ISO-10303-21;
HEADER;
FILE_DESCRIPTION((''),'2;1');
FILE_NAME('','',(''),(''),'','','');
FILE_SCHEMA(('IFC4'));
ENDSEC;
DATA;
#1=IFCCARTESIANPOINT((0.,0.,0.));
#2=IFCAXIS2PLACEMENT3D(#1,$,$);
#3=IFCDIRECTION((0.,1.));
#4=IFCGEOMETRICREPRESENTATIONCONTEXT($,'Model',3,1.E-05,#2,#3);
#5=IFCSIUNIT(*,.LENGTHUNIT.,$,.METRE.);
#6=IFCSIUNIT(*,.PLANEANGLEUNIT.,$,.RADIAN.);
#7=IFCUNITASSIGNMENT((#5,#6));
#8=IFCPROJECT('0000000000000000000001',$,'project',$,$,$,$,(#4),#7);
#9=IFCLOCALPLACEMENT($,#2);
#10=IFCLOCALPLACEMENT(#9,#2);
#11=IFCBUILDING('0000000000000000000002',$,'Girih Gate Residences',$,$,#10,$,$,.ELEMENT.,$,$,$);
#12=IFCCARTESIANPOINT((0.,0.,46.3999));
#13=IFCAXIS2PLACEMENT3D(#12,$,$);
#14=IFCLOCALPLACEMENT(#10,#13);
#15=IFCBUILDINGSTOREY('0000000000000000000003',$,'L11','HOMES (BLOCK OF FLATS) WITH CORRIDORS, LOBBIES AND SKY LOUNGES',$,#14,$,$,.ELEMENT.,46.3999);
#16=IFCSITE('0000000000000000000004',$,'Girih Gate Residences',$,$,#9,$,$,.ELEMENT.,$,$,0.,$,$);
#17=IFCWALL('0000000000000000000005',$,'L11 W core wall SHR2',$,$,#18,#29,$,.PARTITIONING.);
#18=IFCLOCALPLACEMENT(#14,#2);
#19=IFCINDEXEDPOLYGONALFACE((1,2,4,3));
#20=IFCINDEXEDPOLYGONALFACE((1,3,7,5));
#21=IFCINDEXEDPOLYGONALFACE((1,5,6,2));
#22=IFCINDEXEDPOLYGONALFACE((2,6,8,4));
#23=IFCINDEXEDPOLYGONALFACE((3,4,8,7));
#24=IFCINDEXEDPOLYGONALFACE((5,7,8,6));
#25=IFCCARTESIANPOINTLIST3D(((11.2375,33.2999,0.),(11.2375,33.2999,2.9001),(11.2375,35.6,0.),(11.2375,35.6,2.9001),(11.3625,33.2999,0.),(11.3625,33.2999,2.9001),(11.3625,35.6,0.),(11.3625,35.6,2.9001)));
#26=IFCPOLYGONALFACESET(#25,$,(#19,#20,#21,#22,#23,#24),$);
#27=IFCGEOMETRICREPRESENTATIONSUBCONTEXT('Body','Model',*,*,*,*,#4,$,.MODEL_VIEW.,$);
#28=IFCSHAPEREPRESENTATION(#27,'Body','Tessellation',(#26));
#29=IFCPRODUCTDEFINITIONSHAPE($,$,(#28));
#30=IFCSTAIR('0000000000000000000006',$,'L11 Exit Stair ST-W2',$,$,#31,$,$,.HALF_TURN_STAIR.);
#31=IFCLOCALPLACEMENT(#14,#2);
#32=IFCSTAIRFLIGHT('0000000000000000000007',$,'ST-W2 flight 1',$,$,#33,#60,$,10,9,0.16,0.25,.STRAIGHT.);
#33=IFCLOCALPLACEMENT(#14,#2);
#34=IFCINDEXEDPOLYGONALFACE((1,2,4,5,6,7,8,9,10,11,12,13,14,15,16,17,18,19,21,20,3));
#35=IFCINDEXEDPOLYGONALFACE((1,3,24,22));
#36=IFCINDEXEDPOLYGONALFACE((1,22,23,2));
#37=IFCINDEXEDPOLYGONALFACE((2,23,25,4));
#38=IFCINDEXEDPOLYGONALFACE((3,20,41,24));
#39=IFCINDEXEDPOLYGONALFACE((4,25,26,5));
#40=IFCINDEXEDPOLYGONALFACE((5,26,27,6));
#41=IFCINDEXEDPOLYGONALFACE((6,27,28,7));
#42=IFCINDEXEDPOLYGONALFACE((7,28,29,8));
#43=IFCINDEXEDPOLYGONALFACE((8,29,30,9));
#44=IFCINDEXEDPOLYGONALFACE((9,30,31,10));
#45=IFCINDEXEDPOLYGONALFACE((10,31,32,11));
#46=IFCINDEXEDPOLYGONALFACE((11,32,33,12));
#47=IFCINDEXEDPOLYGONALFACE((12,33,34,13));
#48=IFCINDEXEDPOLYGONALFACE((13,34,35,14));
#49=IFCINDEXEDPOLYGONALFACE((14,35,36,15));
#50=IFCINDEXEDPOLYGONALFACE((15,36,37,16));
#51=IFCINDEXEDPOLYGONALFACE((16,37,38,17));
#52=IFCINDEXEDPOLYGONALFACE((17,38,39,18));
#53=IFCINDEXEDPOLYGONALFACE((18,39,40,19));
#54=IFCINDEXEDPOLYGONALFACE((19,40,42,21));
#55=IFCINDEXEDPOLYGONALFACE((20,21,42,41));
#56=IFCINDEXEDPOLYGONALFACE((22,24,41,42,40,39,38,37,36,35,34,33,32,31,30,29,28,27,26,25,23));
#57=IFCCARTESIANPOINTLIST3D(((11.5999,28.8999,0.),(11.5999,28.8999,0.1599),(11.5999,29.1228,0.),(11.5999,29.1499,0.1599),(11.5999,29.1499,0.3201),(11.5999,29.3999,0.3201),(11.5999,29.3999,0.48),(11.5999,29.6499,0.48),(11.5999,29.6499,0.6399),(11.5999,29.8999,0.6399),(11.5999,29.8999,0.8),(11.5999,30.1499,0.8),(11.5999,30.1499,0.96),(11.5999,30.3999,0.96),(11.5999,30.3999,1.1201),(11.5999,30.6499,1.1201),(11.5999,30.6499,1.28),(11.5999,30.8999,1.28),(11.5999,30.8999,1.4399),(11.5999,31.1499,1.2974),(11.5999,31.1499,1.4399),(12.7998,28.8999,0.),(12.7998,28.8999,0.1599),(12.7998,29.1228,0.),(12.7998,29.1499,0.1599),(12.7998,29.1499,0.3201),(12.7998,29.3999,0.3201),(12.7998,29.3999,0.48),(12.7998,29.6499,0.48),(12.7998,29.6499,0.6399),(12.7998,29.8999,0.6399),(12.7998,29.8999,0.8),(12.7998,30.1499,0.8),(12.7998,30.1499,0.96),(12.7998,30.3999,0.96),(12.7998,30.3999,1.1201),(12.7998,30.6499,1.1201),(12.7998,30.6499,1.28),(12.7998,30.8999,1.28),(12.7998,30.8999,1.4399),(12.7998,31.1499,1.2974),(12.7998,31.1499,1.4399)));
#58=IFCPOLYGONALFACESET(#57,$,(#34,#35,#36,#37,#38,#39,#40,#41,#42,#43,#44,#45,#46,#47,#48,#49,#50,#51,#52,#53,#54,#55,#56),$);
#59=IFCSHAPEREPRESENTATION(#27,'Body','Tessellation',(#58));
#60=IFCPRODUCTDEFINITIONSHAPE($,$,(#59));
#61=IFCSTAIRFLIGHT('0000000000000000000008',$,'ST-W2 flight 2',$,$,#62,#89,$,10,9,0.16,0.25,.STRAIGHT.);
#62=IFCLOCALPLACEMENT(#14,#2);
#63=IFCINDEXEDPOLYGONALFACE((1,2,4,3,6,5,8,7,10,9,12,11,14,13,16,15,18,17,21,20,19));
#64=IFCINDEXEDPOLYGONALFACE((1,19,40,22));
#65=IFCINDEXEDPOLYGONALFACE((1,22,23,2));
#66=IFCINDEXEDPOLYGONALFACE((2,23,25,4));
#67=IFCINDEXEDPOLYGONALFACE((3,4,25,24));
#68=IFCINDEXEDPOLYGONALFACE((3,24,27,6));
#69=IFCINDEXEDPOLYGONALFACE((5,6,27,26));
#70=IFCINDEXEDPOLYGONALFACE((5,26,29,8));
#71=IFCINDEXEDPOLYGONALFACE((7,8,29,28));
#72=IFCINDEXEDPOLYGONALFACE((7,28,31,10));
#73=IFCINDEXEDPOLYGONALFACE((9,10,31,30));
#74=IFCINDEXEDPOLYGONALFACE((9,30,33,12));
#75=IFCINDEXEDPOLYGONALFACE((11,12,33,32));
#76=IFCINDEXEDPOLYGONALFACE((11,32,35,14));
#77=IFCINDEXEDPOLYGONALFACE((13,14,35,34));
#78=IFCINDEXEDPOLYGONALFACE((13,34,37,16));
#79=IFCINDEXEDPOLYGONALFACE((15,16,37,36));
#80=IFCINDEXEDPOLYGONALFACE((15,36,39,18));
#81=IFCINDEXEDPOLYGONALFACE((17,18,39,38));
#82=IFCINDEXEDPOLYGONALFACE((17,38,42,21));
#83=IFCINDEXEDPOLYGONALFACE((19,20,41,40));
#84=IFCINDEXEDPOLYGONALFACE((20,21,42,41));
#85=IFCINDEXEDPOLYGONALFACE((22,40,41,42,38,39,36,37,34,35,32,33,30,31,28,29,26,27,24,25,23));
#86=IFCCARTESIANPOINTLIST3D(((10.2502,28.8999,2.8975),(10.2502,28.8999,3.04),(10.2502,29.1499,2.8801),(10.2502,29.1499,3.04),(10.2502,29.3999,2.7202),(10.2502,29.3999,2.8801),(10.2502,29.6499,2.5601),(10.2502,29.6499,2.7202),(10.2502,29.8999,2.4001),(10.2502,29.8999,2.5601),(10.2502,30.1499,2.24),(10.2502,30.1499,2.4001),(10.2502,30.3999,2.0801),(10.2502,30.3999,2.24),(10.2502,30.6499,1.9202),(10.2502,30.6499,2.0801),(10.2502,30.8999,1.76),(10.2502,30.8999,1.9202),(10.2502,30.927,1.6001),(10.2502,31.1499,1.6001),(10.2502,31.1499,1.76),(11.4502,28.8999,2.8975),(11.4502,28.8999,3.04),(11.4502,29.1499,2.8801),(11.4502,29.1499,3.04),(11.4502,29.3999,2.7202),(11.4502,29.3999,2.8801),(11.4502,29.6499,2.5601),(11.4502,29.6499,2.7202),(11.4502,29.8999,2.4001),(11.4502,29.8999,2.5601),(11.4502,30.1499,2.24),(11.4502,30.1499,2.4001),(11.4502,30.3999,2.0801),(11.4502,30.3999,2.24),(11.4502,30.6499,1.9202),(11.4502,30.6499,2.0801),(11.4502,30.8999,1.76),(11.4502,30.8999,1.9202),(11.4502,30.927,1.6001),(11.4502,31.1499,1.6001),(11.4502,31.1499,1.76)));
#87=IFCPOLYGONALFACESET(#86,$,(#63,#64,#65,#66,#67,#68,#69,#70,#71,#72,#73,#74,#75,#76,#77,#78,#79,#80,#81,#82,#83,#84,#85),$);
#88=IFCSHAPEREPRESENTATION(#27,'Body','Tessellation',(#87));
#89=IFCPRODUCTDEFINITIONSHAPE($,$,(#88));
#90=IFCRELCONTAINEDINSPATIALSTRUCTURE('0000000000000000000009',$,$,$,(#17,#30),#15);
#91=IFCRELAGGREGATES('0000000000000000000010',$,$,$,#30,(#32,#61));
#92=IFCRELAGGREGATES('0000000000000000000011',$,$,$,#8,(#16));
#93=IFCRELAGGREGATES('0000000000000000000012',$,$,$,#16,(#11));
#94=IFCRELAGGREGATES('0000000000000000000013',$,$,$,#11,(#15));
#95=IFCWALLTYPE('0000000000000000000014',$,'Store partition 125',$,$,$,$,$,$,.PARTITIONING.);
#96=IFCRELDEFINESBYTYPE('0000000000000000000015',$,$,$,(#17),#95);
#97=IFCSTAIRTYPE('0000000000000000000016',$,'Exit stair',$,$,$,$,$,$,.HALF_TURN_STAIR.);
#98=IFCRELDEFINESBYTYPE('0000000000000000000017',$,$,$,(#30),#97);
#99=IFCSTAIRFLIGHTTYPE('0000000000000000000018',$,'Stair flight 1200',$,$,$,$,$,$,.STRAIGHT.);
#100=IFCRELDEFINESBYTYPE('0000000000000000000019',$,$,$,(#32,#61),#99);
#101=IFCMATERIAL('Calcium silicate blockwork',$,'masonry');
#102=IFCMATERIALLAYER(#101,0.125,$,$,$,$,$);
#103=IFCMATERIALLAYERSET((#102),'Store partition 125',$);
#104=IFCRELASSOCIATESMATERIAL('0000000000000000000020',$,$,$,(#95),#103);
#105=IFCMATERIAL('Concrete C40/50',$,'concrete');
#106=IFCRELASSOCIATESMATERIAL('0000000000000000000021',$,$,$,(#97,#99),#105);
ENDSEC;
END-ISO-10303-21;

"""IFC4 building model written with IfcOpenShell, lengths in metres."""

from ifc_helpers import new_model, si_unit, direction, frame, frame_2d, origin, place, context, subcontext, project, spatial, polyline, rectangle, outline, extrude, material, layer, layer_set, type_object, element, aggregate, save


model = new_model("IFC4")

# Units and contexts
model_context = context("Model", 3, precision=1e-05, world=origin(), true_north=direction((0.0, 1.0)))
body_context = subcontext(model_context, "Body", "Model", "MODEL_VIEW")
ifc_project = project(units=[si_unit("LENGTHUNIT", "METRE"), si_unit("PLANEANGLEUNIT", "RADIAN")], contexts=[model_context])

# Site, building, storey
site_placement = place(None, origin())
site = spatial("IfcSite", under=ifc_project, at=site_placement, Name="Girih Gate Residences", CompositionType="ELEMENT", RefElevation=0.0)
building_placement = place(site_placement, origin())
building = spatial("IfcBuilding", under=site, at=building_placement, Name="Girih Gate Residences", CompositionType="ELEMENT")
storey_placement = place(building_placement, frame((0.0, 0.0, 46.3999)))
storey = spatial("IfcBuildingStorey", under=building, at=storey_placement, Name="L11", Description="HOMES (BLOCK OF FLATS) WITH CORRIDORS, LOBBIES AND SKY LOUNGES", CompositionType="ELEMENT", Elevation=46.3999)

# Shared definitions
ifc_material_1 = material(Name="Concrete C40/50", Category="concrete")

# Wall
ifc_material_2 = material(Name="Calcium silicate blockwork", Category="masonry")
ifc_layer_1 = layer(ifc_material_2, 0.125)
ifc_layer_set_1 = layer_set([ifc_layer_1], Name="Store partition 125")
wall_type_1 = type_object("IfcWallType", Name="Store partition 125", PredefinedType="PARTITIONING", material=ifc_layer_set_1)
wall_1_placement = place(storey_placement, frame((11.3, 33.3, 0.0), z_axis=(0.0, 0.0, 1.0), x_axis=(0.0, 1.0, 0.0)))
element("IfcWall", 1, at=wall_1_placement, inside=storey, type_object=wall_type_1, Name="L11 W core wall SHR2", PredefinedType="PARTITIONING", context=body_context, shape_type="SweptSolid", body=[
    extrude(rectangle(XDim=2.3, YDim=0.125, at=frame_2d((1.1499, 0.0))), origin(), (0.0, 0.0, 1.0), 2.9001),
])

# Stair, stair flights
stair_type = type_object("IfcStairType", Name="Exit stair", PredefinedType="HALF_TURN_STAIR", material=ifc_material_1)
stair_placement = place(storey_placement, origin())
stair = element("IfcStair", 2, at=stair_placement, inside=storey, type_object=stair_type, Name="L11 Exit Stair ST-W2", PredefinedType="HALF_TURN_STAIR")
stair_flight_type = type_object("IfcStairFlightType", Name="Stair flight 1200", PredefinedType="STRAIGHT", material=ifc_material_1)
stair_flight_1_placement = place(storey_placement, frame((12.2, 28.8999, 0.0), z_axis=(0.0, 0.0, 1.0), x_axis=(0.0, 1.0, 0.0)))
stair_flight_1 = element("IfcStairFlight", 3, at=stair_flight_1_placement, type_object=stair_flight_type, Name="ST-W2 flight 1", NumberOfRisers=10, NumberOfTreads=9, PredefinedType="STRAIGHT", RiserHeight=0.16, TreadLength=0.25, context=body_context, shape_type="SweptSolid", body=[
    extrude(outline(polyline([(0.0, 0.0), (0.0, 0.1599), (0.25, 0.1599), (0.25, 0.3201), (0.5, 0.3201), (0.5, 0.48), (0.75, 0.48), (0.75, 0.6399), (1.0, 0.6399), (1.0, 0.8), (1.25, 0.8), (1.25, 0.96), (1.5, 0.96), (1.5, 1.1201), (1.75, 1.1201), (1.75, 1.28), (2.0, 1.28), (2.0, 1.4399), (2.25, 1.4399), (2.25, 1.6001), (2.25, 1.2974), (0.2229, 0.0), (0.0, 0.0)])), frame((0.0, 0.6001, 0.0), z_axis=(0.0, -1.0, 0.0), x_axis=(1.0, 0.0, 0.0)), (0.0, 0.0, 1.0), 1.2),
])
stair_flight_2_placement = place(storey_placement, frame((10.8501, 31.1499, 1.6001), z_axis=(0.0, 0.0, 1.0), x_axis=(0.0, -1.0, 0.0)))
stair_flight_2 = element("IfcStairFlight", 4, at=stair_flight_2_placement, type_object=stair_flight_type, Name="ST-W2 flight 2", NumberOfRisers=10, NumberOfTreads=9, PredefinedType="STRAIGHT", RiserHeight=0.16, TreadLength=0.25, context=body_context, shape_type="SweptSolid", body=[
    extrude(outline(polyline([(0.0, 0.0), (0.0, 0.1599), (0.25, 0.1599), (0.25, 0.3201), (0.5, 0.3201), (0.5, 0.48), (0.75, 0.48), (0.75, 0.6399), (1.0, 0.6399), (1.0, 0.8), (1.25, 0.8), (1.25, 0.96), (1.5, 0.96), (1.5, 1.1201), (1.75, 1.1201), (1.75, 1.28), (2.0, 1.28), (2.0, 1.4399), (2.25, 1.4399), (2.25, 1.6001), (2.25, 1.2974), (0.2229, 0.0), (0.0, 0.0)])), frame((0.0, 0.6001, 0.0), z_axis=(0.0, -1.0, 0.0), x_axis=(1.0, 0.0, 0.0)), (0.0, 0.0, 1.0), 1.2),
])
aggregate(stair, [stair_flight_1, stair_flight_2])

save(model, "model.ifc")
